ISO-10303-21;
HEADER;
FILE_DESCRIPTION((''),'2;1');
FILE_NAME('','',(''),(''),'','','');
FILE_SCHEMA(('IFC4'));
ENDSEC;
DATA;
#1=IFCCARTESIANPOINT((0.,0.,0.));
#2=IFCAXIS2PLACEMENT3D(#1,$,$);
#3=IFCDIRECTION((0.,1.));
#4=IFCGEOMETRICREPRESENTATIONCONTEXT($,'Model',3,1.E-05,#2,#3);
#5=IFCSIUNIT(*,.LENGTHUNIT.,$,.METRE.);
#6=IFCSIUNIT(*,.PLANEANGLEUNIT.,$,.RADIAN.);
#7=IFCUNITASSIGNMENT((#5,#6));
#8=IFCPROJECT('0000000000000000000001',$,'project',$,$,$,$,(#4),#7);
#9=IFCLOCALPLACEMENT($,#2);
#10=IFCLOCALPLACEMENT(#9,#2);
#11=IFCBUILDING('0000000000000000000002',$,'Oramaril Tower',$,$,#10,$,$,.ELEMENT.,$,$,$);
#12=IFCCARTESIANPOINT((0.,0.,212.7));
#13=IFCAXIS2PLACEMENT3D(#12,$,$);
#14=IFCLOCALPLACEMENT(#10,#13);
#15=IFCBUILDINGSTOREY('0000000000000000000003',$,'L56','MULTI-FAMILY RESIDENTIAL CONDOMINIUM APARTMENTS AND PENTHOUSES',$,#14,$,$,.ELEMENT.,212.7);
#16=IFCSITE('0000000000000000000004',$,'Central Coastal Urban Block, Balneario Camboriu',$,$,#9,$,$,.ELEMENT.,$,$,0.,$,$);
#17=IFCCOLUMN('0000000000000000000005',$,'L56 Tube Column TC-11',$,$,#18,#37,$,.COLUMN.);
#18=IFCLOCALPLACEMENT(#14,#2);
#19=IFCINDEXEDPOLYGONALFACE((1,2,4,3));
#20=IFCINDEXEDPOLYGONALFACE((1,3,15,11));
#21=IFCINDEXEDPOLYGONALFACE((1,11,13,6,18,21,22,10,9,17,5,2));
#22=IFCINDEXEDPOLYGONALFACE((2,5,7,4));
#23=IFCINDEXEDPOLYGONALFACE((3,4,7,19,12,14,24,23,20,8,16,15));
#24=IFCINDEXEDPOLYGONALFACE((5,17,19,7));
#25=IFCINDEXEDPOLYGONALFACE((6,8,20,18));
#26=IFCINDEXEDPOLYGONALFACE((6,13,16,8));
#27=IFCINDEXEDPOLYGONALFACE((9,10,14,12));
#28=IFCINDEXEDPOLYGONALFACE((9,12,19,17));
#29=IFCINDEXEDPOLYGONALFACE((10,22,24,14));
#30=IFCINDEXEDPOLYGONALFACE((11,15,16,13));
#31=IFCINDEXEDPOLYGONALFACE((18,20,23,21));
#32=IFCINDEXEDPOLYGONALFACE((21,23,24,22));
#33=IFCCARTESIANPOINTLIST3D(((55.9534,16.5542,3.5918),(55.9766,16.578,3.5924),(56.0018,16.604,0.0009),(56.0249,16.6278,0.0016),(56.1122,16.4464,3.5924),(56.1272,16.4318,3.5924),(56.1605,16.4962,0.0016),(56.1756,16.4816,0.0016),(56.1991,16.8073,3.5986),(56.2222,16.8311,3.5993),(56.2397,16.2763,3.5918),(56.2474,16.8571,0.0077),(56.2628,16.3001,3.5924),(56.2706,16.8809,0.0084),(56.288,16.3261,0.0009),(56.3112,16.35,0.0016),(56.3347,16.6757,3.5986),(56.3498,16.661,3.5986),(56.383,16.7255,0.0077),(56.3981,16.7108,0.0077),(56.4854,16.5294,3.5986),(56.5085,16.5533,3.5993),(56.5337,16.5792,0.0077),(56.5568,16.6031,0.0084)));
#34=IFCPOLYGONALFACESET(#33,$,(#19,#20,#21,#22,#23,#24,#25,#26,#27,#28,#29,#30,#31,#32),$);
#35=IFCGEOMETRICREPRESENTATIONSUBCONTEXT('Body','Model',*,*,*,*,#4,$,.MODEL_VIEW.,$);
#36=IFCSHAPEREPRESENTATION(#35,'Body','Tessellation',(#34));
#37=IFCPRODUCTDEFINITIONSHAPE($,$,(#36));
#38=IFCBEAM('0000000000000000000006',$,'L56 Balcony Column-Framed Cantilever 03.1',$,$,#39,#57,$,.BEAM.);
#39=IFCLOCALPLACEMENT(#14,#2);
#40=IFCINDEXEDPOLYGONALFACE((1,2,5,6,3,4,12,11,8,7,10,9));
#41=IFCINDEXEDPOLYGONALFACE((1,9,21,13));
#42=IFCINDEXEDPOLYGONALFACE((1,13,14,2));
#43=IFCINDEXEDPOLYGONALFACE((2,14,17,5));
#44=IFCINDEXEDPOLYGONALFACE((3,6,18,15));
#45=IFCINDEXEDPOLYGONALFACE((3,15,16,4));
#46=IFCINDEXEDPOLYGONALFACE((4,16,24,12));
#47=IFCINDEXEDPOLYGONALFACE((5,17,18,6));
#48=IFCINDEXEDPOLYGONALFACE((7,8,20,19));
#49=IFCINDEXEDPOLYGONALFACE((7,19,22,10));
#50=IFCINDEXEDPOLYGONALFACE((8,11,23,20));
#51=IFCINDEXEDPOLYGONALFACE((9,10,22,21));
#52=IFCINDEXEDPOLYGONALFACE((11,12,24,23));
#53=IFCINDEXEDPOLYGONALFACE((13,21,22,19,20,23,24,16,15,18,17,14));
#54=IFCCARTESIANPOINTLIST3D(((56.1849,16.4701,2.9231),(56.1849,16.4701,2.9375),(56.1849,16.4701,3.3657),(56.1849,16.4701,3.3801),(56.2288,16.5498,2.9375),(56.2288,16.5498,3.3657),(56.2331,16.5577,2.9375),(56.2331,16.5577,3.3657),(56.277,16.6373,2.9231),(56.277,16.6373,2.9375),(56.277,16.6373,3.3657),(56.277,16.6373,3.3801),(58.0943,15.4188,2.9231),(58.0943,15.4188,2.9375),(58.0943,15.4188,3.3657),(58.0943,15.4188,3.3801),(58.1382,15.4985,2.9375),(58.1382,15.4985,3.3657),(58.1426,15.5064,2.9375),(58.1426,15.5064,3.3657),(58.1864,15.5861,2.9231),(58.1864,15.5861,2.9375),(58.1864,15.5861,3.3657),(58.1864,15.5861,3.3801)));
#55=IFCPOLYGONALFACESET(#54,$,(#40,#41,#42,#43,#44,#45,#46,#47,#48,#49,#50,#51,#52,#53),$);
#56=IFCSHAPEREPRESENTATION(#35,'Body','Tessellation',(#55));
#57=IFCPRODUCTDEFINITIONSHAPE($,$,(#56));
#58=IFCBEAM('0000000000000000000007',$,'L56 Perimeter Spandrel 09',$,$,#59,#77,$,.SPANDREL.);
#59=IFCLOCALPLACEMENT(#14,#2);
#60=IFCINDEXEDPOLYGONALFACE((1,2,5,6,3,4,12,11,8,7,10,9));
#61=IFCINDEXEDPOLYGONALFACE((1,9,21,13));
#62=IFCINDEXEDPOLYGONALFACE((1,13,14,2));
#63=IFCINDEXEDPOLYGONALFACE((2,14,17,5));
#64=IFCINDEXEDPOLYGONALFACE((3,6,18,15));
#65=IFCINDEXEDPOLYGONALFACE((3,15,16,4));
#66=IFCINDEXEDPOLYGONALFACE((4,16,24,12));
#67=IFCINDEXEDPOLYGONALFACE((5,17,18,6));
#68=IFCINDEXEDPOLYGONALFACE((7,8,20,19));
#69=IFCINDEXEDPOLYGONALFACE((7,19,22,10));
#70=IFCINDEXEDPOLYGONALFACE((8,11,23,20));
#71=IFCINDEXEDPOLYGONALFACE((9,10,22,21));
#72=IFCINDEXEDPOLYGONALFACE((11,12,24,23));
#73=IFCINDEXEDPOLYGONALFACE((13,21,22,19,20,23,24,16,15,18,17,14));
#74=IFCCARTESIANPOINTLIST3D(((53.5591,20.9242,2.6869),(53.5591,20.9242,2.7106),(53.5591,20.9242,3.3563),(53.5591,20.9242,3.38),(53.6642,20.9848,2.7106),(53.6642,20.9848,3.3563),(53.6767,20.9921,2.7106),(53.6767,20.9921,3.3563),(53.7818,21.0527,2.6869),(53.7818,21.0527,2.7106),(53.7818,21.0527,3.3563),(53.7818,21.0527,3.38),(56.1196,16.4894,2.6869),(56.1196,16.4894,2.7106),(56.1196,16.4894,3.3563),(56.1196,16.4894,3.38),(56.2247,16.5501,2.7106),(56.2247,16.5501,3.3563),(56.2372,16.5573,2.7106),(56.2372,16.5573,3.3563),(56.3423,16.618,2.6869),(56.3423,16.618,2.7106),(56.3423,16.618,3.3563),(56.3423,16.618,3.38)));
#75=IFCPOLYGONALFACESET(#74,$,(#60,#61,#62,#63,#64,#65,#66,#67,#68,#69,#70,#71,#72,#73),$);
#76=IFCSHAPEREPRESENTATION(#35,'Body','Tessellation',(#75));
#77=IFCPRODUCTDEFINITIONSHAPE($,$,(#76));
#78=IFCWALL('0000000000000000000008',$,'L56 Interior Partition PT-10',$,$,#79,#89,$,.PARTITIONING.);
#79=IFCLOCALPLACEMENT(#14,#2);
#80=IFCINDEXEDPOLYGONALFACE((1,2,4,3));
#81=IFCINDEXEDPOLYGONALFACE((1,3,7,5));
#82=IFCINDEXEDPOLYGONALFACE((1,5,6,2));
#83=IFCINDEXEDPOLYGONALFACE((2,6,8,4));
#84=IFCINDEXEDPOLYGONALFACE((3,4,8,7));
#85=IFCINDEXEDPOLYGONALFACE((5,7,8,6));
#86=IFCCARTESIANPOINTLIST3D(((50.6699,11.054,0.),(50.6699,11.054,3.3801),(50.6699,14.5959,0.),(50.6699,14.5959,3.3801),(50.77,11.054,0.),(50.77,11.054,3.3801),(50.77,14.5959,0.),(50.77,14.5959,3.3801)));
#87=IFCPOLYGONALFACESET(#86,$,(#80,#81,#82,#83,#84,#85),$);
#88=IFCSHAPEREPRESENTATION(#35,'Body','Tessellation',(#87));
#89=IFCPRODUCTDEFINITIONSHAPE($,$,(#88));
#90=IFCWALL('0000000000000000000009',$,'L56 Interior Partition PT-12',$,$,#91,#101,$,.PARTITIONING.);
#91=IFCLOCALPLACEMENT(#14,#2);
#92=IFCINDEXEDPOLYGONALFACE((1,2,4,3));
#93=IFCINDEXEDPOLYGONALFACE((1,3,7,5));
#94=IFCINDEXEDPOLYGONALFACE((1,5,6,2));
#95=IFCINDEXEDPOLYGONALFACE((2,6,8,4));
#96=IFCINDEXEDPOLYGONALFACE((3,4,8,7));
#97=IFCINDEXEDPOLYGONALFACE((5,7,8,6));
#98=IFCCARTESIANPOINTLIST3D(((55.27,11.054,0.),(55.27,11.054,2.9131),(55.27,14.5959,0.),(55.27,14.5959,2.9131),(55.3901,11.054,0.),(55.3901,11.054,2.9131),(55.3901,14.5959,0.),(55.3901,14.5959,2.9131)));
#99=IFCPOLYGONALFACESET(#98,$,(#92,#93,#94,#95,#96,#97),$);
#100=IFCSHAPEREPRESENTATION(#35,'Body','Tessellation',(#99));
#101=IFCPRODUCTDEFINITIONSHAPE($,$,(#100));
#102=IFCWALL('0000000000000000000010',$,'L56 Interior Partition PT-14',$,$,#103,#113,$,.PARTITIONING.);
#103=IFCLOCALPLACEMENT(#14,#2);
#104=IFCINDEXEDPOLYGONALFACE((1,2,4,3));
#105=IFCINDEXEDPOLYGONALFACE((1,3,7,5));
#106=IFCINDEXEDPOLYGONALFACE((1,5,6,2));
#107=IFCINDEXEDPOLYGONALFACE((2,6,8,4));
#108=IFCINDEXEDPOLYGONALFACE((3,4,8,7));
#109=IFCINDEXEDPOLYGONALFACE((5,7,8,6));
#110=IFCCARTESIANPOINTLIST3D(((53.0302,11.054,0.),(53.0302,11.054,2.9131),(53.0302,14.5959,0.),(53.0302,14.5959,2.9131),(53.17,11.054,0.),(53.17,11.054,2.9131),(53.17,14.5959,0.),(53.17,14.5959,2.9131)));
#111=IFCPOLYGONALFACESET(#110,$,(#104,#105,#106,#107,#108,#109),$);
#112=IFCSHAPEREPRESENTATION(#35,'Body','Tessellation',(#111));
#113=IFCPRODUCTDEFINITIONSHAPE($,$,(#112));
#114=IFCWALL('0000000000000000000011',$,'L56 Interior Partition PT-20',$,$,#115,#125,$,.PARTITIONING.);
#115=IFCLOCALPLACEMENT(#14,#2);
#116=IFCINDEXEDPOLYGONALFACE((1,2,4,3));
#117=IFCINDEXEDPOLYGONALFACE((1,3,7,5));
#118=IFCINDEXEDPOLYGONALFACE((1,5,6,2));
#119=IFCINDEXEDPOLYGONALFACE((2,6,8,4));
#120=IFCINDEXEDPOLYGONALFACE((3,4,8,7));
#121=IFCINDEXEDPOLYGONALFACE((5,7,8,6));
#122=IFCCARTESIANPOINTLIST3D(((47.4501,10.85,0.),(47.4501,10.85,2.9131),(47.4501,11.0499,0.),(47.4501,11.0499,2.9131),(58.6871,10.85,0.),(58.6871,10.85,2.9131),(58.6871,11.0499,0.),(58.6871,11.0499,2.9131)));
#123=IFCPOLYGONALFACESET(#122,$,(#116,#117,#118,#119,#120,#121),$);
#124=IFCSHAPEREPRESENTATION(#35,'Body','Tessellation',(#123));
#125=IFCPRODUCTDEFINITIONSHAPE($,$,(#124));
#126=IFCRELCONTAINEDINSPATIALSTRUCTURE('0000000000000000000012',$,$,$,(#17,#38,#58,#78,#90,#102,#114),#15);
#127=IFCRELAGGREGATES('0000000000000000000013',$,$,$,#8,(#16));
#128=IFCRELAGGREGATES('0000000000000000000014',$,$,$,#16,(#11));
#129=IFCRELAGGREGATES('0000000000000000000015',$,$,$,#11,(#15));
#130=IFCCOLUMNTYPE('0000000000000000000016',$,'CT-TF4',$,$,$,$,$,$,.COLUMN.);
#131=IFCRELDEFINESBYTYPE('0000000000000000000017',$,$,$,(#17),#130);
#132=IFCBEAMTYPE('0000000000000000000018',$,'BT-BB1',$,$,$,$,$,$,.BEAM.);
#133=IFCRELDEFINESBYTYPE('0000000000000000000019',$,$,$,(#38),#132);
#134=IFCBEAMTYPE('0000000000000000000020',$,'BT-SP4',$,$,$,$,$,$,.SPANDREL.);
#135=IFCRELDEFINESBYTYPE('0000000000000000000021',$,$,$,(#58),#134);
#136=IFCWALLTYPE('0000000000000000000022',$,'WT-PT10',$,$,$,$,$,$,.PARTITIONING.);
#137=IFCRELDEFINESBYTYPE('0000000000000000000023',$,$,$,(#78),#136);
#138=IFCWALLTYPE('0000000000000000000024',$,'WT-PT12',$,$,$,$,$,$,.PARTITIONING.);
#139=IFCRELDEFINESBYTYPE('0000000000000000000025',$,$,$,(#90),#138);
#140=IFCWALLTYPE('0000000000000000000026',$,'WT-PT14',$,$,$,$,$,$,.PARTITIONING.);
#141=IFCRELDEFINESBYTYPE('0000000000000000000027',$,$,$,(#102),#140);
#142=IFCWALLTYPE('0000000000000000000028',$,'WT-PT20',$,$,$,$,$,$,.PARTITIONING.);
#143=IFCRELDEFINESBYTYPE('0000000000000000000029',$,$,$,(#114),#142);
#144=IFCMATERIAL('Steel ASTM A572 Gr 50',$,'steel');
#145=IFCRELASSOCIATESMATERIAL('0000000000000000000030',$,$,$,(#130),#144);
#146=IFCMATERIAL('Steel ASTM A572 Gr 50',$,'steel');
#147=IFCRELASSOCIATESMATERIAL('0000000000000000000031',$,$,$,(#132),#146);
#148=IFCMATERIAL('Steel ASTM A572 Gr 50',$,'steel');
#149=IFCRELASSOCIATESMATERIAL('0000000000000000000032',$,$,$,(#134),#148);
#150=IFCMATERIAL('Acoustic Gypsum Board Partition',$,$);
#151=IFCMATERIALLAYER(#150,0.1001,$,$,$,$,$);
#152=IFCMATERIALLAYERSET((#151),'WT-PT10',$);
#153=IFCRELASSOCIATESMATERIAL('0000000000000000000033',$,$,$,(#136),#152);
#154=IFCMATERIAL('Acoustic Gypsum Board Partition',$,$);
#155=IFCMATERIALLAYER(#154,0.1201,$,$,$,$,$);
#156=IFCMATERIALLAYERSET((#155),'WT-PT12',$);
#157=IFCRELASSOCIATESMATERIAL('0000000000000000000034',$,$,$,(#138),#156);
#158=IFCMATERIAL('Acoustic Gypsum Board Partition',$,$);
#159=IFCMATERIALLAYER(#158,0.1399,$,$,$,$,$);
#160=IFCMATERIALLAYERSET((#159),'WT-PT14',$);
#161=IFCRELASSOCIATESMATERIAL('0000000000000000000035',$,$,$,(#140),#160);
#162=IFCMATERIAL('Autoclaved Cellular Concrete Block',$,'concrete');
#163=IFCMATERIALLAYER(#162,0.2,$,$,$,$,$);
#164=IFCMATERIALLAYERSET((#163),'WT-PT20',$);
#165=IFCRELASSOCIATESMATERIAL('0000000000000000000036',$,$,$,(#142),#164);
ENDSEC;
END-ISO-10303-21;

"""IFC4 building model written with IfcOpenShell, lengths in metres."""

from ifc_helpers import new_model, si_unit, direction, frame, frame_2d, origin, origin_2d, place, context, subcontext, project, spatial, rectangle, i_section, extrude, material, layer, layer_set, material_profile, profile_set, type_object, element, save


model = new_model("IFC4")

# Units and contexts
model_context = context("Model", 3, precision=1e-05, world=origin(), true_north=direction((0.0, 1.0)))
body_context = subcontext(model_context, "Body", "Model", "MODEL_VIEW")
ifc_project = project(units=[si_unit("LENGTHUNIT", "METRE"), si_unit("PLANEANGLEUNIT", "RADIAN")], contexts=[model_context])

# Site, building, storey
site_placement = place(None, origin())
site = spatial("IfcSite", under=ifc_project, at=site_placement, Name="Central Coastal Urban Block, Balneario Camboriu", CompositionType="ELEMENT", RefElevation=0.0)
building_placement = place(site_placement, origin())
building = spatial("IfcBuilding", under=site, at=building_placement, Name="Oramaril Tower", CompositionType="ELEMENT")
storey_placement = place(building_placement, frame((0.0, 0.0, 212.7)))
storey = spatial("IfcBuildingStorey", under=building, at=storey_placement, Name="L56", Description="MULTI-FAMILY RESIDENTIAL CONDOMINIUM APARTMENTS AND PENTHOUSES", CompositionType="ELEMENT", Elevation=212.7)

# Column
ifc_material_1 = material(Name="Steel ASTM A572 Gr 50", Category="steel")
ifc_material_profile_1 = material_profile(ifc_material_1, i_section(OverallWidth=0.3989, OverallDepth=0.386, WebThickness=0.021, FlangeThickness=0.0332, at=origin_2d()), Name="W14X176")
ifc_profile_set_1 = profile_set([ifc_material_profile_1], Name="Steel ASTM A572 Gr 50")
column_type = type_object("IfcColumnType", Name="CT-TF4", PredefinedType="COLUMN", material=ifc_profile_set_1)
column_placement = place(storey_placement, frame((56.2793, 16.6035, 0.0046), z_axis=(-0.01346, -0.013867, 0.999813), x_axis=(0.717581, -0.696475, 0.0)))
element("IfcColumn", 1, at=column_placement, inside=storey, type_object=column_type, Name="L56 Tube Column TC-11", PredefinedType="COLUMN", context=body_context, shape_type="SweptSolid", body=[
    extrude(i_section(OverallWidth=0.3989, OverallDepth=0.386, WebThickness=0.021, FlangeThickness=0.0332, at=origin_2d()), origin(), (0.0, 0.0, 1.0), 3.5916),
])

# Beams
ifc_material_2 = material(Name="Steel ASTM A572 Gr 50", Category="steel")
ifc_material_profile_2 = material_profile(ifc_material_2, i_section(OverallWidth=0.1909, OverallDepth=0.457, WebThickness=0.009, FlangeThickness=0.0144, at=origin_2d()), Name="W18X50")
ifc_profile_set_2 = profile_set([ifc_material_profile_2], Name="Steel ASTM A572 Gr 50")
beam_type_1 = type_object("IfcBeamType", Name="BT-BB1", PredefinedType="BEAM", material=ifc_profile_set_2)
beam_1_placement = place(storey_placement, frame((56.231, 16.5537, 3.1516), z_axis=(0.876005, -0.482301, 0.0), x_axis=(0.482301, 0.876005, 0.0)))
element("IfcBeam", 2, at=beam_1_placement, inside=storey, type_object=beam_type_1, Name="L56 Balcony Column-Framed Cantilever 03.1", PredefinedType="BEAM", context=body_context, shape_type="SweptSolid", body=[
    extrude(i_section(OverallWidth=0.1909, OverallDepth=0.457, WebThickness=0.009, FlangeThickness=0.0144, at=origin_2d()), origin(), (0.0, 0.0, 1.0), 2.1797),
])
ifc_material_3 = material(Name="Steel ASTM A572 Gr 50", Category="steel")
ifc_material_profile_3 = material_profile(ifc_material_3, i_section(OverallWidth=0.2571, OverallDepth=0.6931, WebThickness=0.0144, FlangeThickness=0.0237, at=origin_2d()), Name="W27X114")
ifc_profile_set_3 = profile_set([ifc_material_profile_3], Name="Steel ASTM A572 Gr 50")
beam_type_2 = type_object("IfcBeamType", Name="BT-SP4", PredefinedType="SPANDREL", material=ifc_profile_set_3)
beam_2_placement = place(storey_placement, frame((56.231, 16.5537, 3.0334), z_axis=(-0.500015, 0.866016, 0.0), x_axis=(-0.866016, -0.500015, 0.0)))
element("IfcBeam", 3, at=beam_2_placement, inside=storey, type_object=beam_type_2, Name="L56 Perimeter Spandrel 09", PredefinedType="SPANDREL", context=body_context, shape_type="SweptSolid", body=[
    extrude(i_section(OverallWidth=0.2571, OverallDepth=0.6931, WebThickness=0.0144, FlangeThickness=0.0237, at=origin_2d()), origin(), (0.0, 0.0, 1.0), 5.1208),
])

# Walls
ifc_material_4 = material(Name="Acoustic Gypsum Board Partition")
ifc_layer_1 = layer(ifc_material_4, 0.1001)
ifc_layer_set_1 = layer_set([ifc_layer_1], Name="WT-PT10")
wall_type_1 = type_object("IfcWallType", Name="WT-PT10", PredefinedType="PARTITIONING", material=ifc_layer_set_1)
wall_1_placement = place(storey_placement, frame((50.72, 11.054, 0.0), z_axis=(0.0, 0.0, 1.0), x_axis=(0.0, 1.0, 0.0)))
element("IfcWall", 4, at=wall_1_placement, inside=storey, type_object=wall_type_1, Name="L56 Interior Partition PT-10", PredefinedType="PARTITIONING", context=body_context, shape_type="SweptSolid", body=[
    extrude(rectangle(XDim=3.542, YDim=0.1001, at=frame_2d((1.771, 0.0))), origin(), (0.0, 0.0, 1.0), 3.3801),
])
ifc_material_5 = material(Name="Acoustic Gypsum Board Partition")
ifc_layer_2 = layer(ifc_material_5, 0.1201)
ifc_layer_set_2 = layer_set([ifc_layer_2], Name="WT-PT12")
wall_type_2 = type_object("IfcWallType", Name="WT-PT12", PredefinedType="PARTITIONING", material=ifc_layer_set_2)
wall_2_placement = place(storey_placement, frame((55.3301, 11.054, 0.0), z_axis=(0.0, 0.0, 1.0), x_axis=(0.0, 1.0, 0.0)))
element("IfcWall", 5, at=wall_2_placement, inside=storey, type_object=wall_type_2, Name="L56 Interior Partition PT-12", PredefinedType="PARTITIONING", context=body_context, shape_type="SweptSolid", body=[
    extrude(rectangle(XDim=3.542, YDim=0.1201, at=frame_2d((1.771, 0.0))), origin(), (0.0, 0.0, 1.0), 2.9131),
])

# Shared definitions
ifc_material_6 = material(Name="Acoustic Gypsum Board Partition")
ifc_layer_3 = layer(ifc_material_6, 0.1399)
ifc_layer_set_3 = layer_set([ifc_layer_3], Name="WT-PT14")
wall_type_3 = type_object("IfcWallType", Name="WT-PT14", PredefinedType="PARTITIONING", material=ifc_layer_set_3)

# Walls
wall_3_placement = place(storey_placement, frame((53.1001, 11.054, 0.0), z_axis=(0.0, 0.0, 1.0), x_axis=(0.0, 1.0, 0.0)))
element("IfcWall", 6, at=wall_3_placement, inside=storey, type_object=wall_type_3, Name="L56 Interior Partition PT-14", PredefinedType="PARTITIONING", context=body_context, shape_type="SweptSolid", body=[
    extrude(rectangle(XDim=3.542, YDim=0.1399, at=frame_2d((1.771, 0.0))), origin(), (0.0, 0.0, 1.0), 2.9131),
])
ifc_material_7 = material(Name="Autoclaved Cellular Concrete Block", Category="concrete")
ifc_layer_4 = layer(ifc_material_7, 0.2)
ifc_layer_set_4 = layer_set([ifc_layer_4], Name="WT-PT20")
wall_type_4 = type_object("IfcWallType", Name="WT-PT20", PredefinedType="PARTITIONING", material=ifc_layer_set_4)
wall_4_placement = place(storey_placement, frame((47.45, 10.95, 0.0), z_axis=(0.0, 0.0, 1.0), x_axis=(1.0, 0.0, 0.0)))
element("IfcWall", 7, at=wall_4_placement, inside=storey, type_object=wall_type_4, Name="L56 Interior Partition PT-20", PredefinedType="PARTITIONING", context=body_context, shape_type="SweptSolid", body=[
    extrude(rectangle(XDim=11.2371, YDim=0.2, at=frame_2d((5.6187, 0.0))), origin(), (0.0, 0.0, 1.0), 2.9131),
])

save(model, "model.ifc")
